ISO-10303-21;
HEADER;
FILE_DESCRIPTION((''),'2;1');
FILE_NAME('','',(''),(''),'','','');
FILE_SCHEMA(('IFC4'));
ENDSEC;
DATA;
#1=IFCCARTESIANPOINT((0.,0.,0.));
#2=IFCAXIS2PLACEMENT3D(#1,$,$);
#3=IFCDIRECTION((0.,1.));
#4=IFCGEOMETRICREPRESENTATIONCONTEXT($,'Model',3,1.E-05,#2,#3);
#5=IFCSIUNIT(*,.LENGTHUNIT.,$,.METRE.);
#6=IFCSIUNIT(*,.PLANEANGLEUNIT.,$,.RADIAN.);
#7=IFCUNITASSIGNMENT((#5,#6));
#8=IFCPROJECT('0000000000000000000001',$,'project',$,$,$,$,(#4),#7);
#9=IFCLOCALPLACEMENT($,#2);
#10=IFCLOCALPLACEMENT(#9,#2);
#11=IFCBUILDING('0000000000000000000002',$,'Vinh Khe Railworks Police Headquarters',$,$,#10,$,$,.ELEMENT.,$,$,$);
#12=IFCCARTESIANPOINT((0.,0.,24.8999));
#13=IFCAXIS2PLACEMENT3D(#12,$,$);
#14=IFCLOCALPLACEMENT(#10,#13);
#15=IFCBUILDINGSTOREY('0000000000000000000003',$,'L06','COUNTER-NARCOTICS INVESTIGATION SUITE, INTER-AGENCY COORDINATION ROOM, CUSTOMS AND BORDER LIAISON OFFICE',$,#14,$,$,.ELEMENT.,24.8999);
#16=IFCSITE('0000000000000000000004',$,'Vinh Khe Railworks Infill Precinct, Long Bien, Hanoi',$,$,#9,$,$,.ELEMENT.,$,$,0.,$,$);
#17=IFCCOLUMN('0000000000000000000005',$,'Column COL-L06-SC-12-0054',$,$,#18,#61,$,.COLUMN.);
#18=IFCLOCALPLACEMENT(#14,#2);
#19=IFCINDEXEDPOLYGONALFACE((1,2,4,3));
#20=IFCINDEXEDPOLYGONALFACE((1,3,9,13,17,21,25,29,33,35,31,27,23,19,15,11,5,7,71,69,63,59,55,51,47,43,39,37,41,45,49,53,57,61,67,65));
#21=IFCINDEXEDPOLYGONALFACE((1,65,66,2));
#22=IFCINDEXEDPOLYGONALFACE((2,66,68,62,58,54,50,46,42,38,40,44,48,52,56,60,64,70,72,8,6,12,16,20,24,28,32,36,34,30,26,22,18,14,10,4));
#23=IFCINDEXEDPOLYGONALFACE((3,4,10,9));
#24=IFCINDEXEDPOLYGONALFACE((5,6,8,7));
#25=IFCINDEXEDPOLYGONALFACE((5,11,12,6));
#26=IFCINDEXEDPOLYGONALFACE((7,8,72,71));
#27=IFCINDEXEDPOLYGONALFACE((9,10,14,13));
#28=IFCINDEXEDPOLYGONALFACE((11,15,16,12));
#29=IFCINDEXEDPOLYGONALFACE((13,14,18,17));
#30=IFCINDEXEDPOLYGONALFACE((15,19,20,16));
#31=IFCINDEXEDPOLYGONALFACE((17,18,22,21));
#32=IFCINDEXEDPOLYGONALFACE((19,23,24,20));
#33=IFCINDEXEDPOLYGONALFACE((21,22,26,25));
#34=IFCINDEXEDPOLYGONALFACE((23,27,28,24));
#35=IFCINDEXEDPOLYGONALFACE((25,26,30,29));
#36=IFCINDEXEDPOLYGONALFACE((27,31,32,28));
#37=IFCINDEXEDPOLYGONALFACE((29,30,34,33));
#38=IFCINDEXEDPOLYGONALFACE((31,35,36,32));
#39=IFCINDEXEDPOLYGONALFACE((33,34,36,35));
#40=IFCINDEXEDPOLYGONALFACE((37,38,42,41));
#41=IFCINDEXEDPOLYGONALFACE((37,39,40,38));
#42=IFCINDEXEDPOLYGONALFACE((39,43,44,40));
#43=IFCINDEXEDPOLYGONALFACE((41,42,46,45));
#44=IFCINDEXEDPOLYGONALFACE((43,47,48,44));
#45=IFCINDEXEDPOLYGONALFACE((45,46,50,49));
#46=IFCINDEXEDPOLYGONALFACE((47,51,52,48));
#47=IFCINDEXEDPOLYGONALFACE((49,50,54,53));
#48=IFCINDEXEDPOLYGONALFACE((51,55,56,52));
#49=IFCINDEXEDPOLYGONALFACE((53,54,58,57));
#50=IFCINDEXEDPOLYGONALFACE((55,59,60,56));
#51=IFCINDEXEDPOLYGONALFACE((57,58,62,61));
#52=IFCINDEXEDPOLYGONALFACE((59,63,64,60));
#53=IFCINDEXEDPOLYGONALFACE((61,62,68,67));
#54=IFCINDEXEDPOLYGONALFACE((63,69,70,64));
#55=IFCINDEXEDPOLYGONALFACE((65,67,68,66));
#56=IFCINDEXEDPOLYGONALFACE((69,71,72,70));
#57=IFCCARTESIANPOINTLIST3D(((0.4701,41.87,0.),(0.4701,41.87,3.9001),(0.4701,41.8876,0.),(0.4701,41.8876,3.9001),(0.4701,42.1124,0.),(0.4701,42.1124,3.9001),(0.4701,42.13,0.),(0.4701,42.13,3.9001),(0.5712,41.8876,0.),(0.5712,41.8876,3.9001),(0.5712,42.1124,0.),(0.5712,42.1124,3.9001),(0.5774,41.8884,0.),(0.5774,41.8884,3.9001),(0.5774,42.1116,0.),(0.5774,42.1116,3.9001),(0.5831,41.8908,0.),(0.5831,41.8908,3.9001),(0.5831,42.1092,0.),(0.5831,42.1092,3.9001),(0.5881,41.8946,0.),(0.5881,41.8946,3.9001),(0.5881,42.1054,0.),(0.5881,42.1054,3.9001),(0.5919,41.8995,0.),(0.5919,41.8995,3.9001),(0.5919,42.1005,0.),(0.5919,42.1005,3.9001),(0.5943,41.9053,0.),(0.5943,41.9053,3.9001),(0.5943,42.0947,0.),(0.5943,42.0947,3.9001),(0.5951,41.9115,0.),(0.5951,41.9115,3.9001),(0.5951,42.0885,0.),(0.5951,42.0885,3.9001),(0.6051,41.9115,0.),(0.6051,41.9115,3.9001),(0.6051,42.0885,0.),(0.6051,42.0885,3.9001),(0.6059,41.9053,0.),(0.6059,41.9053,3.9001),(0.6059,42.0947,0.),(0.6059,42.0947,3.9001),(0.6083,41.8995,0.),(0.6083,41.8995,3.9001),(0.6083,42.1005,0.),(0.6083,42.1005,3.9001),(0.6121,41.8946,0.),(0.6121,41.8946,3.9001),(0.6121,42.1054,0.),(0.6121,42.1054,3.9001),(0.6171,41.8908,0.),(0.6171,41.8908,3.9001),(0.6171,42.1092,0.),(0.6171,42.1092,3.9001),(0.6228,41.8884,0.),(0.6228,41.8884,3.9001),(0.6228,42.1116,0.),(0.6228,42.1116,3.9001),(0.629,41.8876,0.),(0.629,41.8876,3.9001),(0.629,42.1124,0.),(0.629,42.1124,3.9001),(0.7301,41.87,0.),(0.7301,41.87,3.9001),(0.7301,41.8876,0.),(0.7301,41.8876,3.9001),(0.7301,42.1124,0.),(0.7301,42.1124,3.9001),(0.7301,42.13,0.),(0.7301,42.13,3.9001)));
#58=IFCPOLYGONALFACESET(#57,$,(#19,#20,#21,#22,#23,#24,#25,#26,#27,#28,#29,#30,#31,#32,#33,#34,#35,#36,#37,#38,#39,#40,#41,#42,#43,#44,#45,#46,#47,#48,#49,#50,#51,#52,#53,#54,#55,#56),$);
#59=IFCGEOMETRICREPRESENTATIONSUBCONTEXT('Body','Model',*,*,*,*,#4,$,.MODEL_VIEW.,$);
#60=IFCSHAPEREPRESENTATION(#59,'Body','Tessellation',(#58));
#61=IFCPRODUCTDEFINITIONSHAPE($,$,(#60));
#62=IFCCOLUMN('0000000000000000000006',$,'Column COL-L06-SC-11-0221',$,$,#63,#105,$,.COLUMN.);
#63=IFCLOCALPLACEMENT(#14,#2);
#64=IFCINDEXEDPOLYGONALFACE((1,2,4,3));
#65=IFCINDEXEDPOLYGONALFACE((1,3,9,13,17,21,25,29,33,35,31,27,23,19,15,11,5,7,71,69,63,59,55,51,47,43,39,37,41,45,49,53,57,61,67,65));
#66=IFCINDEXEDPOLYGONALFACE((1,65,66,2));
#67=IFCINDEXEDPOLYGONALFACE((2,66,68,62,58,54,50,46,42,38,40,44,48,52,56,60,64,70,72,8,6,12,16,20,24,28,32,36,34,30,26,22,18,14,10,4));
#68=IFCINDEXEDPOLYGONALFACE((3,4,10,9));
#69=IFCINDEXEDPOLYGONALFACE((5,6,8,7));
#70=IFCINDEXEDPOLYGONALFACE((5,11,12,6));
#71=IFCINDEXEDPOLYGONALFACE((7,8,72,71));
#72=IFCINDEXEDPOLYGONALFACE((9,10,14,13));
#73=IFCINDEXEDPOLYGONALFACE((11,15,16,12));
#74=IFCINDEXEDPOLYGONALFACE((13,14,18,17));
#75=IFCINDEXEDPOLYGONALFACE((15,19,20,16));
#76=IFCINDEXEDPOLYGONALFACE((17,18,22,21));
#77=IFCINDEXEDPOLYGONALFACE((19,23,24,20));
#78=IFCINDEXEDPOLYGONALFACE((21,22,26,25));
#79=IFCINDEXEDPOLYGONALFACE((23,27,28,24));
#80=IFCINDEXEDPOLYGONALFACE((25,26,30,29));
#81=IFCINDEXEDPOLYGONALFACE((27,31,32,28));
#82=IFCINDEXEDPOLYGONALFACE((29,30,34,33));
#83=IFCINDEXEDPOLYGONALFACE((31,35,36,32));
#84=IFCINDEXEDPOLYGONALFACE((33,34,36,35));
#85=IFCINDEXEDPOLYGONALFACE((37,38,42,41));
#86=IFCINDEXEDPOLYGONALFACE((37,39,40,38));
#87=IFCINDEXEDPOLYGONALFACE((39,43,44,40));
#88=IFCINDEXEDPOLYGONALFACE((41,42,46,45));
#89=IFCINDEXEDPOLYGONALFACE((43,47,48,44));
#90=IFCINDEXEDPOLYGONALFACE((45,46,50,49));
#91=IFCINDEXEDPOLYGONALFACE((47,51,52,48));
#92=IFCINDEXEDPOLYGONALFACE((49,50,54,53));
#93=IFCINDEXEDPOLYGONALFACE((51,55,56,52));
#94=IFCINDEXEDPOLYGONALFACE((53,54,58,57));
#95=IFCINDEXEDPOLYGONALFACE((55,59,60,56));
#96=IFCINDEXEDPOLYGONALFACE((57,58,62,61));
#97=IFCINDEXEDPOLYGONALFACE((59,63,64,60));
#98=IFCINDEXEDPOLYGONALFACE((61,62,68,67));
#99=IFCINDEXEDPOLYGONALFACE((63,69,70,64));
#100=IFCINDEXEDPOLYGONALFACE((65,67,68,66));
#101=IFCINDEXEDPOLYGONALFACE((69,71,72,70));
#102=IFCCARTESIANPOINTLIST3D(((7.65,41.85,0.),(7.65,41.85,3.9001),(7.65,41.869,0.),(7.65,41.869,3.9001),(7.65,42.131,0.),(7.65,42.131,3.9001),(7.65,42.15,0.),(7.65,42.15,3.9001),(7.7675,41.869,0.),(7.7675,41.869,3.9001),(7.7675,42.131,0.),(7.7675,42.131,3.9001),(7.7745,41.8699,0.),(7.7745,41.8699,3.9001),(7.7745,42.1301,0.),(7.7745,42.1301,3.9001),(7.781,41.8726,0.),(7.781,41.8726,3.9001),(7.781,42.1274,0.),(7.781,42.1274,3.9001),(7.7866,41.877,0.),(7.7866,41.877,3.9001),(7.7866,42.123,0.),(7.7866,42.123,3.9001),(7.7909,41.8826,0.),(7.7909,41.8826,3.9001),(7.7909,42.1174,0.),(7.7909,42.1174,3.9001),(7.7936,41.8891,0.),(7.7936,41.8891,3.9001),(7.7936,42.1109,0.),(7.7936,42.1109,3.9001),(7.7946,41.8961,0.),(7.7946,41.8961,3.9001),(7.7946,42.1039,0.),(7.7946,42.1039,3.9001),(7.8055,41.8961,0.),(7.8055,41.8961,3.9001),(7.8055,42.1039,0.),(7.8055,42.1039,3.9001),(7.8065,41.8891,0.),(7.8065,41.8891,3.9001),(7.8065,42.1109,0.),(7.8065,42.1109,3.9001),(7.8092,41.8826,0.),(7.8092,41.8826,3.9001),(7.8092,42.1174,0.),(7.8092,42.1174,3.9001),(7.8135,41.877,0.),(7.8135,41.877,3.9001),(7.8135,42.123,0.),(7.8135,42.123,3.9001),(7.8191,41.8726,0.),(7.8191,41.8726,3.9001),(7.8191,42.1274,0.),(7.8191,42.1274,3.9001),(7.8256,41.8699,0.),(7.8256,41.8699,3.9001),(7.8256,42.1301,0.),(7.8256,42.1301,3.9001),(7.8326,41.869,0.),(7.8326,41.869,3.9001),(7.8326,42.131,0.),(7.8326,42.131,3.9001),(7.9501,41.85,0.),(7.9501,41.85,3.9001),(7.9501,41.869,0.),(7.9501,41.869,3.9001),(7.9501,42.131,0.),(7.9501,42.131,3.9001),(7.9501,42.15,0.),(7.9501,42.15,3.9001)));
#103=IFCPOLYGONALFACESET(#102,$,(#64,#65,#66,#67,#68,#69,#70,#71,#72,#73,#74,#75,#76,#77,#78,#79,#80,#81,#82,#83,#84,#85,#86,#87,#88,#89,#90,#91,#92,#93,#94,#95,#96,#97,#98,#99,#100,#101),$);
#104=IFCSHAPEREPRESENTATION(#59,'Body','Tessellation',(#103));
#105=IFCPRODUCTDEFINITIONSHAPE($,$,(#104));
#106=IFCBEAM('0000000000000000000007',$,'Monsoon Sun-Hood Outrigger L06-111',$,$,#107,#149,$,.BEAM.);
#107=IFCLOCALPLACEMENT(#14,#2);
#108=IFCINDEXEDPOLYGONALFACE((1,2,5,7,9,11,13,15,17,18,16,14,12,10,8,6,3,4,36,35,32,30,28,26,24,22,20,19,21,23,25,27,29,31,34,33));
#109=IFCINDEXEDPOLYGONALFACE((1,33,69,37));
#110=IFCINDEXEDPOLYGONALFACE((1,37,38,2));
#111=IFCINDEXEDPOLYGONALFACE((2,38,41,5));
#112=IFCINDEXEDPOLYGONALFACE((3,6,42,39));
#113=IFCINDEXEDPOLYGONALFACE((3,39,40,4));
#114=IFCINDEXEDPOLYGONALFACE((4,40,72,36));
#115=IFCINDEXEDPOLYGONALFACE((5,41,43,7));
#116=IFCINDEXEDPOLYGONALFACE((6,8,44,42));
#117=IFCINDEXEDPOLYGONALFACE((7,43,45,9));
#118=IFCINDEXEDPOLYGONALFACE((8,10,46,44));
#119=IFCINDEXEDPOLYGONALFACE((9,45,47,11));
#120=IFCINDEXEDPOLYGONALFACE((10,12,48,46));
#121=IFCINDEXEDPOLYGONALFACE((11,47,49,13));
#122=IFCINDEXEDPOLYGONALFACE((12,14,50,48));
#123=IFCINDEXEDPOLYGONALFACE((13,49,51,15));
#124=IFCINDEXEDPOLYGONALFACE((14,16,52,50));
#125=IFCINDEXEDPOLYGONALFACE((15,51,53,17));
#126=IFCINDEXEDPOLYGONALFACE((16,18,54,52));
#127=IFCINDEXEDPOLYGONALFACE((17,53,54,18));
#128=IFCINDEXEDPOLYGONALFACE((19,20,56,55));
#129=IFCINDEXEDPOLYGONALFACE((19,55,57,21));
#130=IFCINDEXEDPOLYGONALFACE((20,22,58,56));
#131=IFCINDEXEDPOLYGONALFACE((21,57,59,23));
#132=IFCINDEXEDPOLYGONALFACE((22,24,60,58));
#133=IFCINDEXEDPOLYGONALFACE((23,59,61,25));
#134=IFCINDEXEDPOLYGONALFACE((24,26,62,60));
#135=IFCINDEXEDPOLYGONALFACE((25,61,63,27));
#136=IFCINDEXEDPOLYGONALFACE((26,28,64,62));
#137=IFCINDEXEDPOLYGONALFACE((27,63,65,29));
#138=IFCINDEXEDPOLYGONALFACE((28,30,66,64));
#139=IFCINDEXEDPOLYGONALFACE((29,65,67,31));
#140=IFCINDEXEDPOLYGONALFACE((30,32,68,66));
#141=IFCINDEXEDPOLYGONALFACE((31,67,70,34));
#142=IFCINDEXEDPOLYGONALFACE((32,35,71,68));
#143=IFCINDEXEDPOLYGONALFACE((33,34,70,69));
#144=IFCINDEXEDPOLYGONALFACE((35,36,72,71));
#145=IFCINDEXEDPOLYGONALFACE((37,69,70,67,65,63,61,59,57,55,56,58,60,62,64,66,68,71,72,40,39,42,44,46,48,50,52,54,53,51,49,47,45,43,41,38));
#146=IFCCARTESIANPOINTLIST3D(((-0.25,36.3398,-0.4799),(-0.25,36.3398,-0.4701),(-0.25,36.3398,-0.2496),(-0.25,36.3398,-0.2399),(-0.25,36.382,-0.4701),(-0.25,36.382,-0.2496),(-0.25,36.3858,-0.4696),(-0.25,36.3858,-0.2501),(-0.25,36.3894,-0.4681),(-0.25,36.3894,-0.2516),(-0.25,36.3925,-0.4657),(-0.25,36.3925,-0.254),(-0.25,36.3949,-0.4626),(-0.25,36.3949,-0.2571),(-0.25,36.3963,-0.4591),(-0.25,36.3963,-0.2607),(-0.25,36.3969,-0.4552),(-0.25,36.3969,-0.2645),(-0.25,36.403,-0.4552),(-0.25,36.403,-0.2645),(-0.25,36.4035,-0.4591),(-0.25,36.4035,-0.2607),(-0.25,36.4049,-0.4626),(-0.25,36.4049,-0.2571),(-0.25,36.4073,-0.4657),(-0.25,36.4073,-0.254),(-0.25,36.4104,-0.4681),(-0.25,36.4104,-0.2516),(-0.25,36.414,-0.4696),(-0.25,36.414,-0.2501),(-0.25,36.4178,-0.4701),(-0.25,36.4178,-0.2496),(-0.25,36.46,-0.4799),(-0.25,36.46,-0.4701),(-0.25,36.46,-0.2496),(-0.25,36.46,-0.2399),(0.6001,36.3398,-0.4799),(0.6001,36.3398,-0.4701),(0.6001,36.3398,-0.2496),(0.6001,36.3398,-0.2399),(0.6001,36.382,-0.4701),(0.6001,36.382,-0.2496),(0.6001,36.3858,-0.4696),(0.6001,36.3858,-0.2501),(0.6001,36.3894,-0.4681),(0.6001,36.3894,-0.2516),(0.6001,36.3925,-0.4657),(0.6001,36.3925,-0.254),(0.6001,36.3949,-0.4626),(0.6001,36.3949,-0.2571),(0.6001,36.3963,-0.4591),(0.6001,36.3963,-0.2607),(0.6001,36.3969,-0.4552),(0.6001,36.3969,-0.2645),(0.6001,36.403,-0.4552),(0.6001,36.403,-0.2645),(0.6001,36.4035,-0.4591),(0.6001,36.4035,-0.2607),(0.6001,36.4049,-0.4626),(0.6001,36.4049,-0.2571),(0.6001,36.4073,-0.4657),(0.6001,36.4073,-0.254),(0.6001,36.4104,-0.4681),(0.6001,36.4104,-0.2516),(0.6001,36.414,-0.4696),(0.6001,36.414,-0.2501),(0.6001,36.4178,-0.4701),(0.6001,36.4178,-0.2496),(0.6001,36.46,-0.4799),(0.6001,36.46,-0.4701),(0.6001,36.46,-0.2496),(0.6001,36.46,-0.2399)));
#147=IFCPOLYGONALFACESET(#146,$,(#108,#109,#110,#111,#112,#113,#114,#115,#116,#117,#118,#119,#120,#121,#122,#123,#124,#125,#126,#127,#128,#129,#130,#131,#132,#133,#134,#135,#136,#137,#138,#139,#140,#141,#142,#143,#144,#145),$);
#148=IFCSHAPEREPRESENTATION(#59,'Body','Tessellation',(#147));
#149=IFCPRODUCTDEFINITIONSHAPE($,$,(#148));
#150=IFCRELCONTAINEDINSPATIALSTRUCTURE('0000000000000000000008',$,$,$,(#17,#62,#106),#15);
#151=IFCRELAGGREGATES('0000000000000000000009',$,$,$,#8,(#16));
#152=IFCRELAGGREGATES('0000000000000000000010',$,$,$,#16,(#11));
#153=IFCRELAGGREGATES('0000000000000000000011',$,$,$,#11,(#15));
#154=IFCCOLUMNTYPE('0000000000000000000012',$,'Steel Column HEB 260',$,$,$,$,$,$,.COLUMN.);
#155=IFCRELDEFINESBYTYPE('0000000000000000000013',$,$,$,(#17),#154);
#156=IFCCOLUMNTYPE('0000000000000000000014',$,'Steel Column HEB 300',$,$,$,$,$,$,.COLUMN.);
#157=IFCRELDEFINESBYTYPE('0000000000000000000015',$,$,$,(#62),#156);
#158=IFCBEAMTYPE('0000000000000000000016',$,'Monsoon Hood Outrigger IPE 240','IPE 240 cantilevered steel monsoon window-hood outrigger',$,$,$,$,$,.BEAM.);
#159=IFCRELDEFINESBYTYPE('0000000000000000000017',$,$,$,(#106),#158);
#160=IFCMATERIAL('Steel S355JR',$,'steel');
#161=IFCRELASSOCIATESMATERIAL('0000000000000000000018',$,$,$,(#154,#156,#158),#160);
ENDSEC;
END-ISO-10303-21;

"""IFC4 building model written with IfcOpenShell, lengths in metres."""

from ifc_helpers import new_model, si_unit, direction, frame, origin, origin_2d, place, context, subcontext, project, spatial, i_section, extrude, material, material_profile, profile_set, type_object, element, save


model = new_model("IFC4")

# Units and contexts
model_context = context("Model", 3, precision=1e-05, world=origin(), true_north=direction((0.0, 1.0)))
body_context = subcontext(model_context, "Body", "Model", "MODEL_VIEW")
ifc_project = project(units=[si_unit("LENGTHUNIT", "METRE"), si_unit("PLANEANGLEUNIT", "RADIAN")], contexts=[model_context])

# Site, building, storey
site_placement = place(None, origin())
site = spatial("IfcSite", under=ifc_project, at=site_placement, Name="Vinh Khe Railworks Infill Precinct, Long Bien, Hanoi", CompositionType="ELEMENT", RefElevation=0.0)
building_placement = place(site_placement, origin())
building = spatial("IfcBuilding", under=site, at=building_placement, Name="Vinh Khe Railworks Police Headquarters", CompositionType="ELEMENT")
storey_placement = place(building_placement, frame((0.0, 0.0, 24.8999)))
storey = spatial("IfcBuildingStorey", under=building, at=storey_placement, Name="L06", Description="COUNTER-NARCOTICS INVESTIGATION SUITE, INTER-AGENCY COORDINATION ROOM, CUSTOMS AND BORDER LIAISON OFFICE", CompositionType="ELEMENT", Elevation=24.8999)

# Columns
ifc_material_1 = material(Name="Steel S355JR", Category="steel")
ifc_material_profile_1 = material_profile(ifc_material_1, i_section(OverallWidth=0.26, OverallDepth=0.26, WebThickness=0.01, FlangeThickness=0.0176, FilletRadius=0.0239, at=origin_2d()), Name="HEB 260")
ifc_profile_set_1 = profile_set([ifc_material_profile_1], Name="Steel S355JR")
column_type_1 = type_object("IfcColumnType", Name="Steel Column HEB 260", PredefinedType="COLUMN", material=ifc_profile_set_1)
column_1_placement = place(storey_placement, frame((0.6001, 42.0, 0.0), z_axis=(0.0, 0.0, 1.0), x_axis=(1.0, 0.0, 0.0)))
element("IfcColumn", 1, at=column_1_placement, inside=storey, type_object=column_type_1, Name="Column COL-L06-SC-12-0054", PredefinedType="COLUMN", context=body_context, shape_type="SweptSolid", body=[
    extrude(i_section(OverallWidth=0.26, OverallDepth=0.26, WebThickness=0.01, FlangeThickness=0.0176, FilletRadius=0.0239, at=origin_2d()), origin(), (0.0, 0.0, 1.0), 3.9001),
])
ifc_material_profile_2 = material_profile(ifc_material_1, i_section(OverallWidth=0.3, OverallDepth=0.3, WebThickness=0.011, FlangeThickness=0.019, FilletRadius=0.0271, at=origin_2d()), Name="HEB 300")
ifc_profile_set_2 = profile_set([ifc_material_profile_2], Name="Steel S355JR")
column_type_2 = type_object("IfcColumnType", Name="Steel Column HEB 300", PredefinedType="COLUMN", material=ifc_profile_set_2)
column_2_placement = place(storey_placement, frame((7.8, 42.0, 0.0), z_axis=(0.0, 0.0, 1.0), x_axis=(1.0, 0.0, 0.0)))
element("IfcColumn", 2, at=column_2_placement, inside=storey, type_object=column_type_2, Name="Column COL-L06-SC-11-0221", PredefinedType="COLUMN", context=body_context, shape_type="SweptSolid", body=[
    extrude(i_section(OverallWidth=0.3, OverallDepth=0.3, WebThickness=0.011, FlangeThickness=0.019, FilletRadius=0.0271, at=origin_2d()), origin(), (0.0, 0.0, 1.0), 3.9001),
])

# Beam
ifc_material_profile_3 = material_profile(ifc_material_1, i_section(OverallWidth=0.1201, OverallDepth=0.24, WebThickness=0.0061, FlangeThickness=0.0098, FilletRadius=0.0149, at=origin_2d()), Name="IPE 240")
ifc_profile_set_3 = profile_set([ifc_material_profile_3], Name="Steel S355JR")
beam_type_1 = type_object("IfcBeamType", Name="Monsoon Hood Outrigger IPE 240", Description="IPE 240 cantilevered steel monsoon window-hood outrigger", PredefinedType="BEAM", material=ifc_profile_set_3)
beam_1_placement = place(storey_placement, frame((-0.25, 36.3999, -0.3599), z_axis=(1.0, 0.0, 0.0), x_axis=(0.0, 1.0, 0.0)))
element("IfcBeam", 3, at=beam_1_placement, inside=storey, type_object=beam_type_1, Name="Monsoon Sun-Hood Outrigger L06-111", PredefinedType="BEAM", context=body_context, shape_type="SweptSolid", body=[
    extrude(i_section(OverallWidth=0.1201, OverallDepth=0.24, WebThickness=0.0061, FlangeThickness=0.0098, FilletRadius=0.0149, at=origin_2d()), origin(), (0.0, 0.0, 1.0), 0.8501),
])

save(model, "model.ifc")
